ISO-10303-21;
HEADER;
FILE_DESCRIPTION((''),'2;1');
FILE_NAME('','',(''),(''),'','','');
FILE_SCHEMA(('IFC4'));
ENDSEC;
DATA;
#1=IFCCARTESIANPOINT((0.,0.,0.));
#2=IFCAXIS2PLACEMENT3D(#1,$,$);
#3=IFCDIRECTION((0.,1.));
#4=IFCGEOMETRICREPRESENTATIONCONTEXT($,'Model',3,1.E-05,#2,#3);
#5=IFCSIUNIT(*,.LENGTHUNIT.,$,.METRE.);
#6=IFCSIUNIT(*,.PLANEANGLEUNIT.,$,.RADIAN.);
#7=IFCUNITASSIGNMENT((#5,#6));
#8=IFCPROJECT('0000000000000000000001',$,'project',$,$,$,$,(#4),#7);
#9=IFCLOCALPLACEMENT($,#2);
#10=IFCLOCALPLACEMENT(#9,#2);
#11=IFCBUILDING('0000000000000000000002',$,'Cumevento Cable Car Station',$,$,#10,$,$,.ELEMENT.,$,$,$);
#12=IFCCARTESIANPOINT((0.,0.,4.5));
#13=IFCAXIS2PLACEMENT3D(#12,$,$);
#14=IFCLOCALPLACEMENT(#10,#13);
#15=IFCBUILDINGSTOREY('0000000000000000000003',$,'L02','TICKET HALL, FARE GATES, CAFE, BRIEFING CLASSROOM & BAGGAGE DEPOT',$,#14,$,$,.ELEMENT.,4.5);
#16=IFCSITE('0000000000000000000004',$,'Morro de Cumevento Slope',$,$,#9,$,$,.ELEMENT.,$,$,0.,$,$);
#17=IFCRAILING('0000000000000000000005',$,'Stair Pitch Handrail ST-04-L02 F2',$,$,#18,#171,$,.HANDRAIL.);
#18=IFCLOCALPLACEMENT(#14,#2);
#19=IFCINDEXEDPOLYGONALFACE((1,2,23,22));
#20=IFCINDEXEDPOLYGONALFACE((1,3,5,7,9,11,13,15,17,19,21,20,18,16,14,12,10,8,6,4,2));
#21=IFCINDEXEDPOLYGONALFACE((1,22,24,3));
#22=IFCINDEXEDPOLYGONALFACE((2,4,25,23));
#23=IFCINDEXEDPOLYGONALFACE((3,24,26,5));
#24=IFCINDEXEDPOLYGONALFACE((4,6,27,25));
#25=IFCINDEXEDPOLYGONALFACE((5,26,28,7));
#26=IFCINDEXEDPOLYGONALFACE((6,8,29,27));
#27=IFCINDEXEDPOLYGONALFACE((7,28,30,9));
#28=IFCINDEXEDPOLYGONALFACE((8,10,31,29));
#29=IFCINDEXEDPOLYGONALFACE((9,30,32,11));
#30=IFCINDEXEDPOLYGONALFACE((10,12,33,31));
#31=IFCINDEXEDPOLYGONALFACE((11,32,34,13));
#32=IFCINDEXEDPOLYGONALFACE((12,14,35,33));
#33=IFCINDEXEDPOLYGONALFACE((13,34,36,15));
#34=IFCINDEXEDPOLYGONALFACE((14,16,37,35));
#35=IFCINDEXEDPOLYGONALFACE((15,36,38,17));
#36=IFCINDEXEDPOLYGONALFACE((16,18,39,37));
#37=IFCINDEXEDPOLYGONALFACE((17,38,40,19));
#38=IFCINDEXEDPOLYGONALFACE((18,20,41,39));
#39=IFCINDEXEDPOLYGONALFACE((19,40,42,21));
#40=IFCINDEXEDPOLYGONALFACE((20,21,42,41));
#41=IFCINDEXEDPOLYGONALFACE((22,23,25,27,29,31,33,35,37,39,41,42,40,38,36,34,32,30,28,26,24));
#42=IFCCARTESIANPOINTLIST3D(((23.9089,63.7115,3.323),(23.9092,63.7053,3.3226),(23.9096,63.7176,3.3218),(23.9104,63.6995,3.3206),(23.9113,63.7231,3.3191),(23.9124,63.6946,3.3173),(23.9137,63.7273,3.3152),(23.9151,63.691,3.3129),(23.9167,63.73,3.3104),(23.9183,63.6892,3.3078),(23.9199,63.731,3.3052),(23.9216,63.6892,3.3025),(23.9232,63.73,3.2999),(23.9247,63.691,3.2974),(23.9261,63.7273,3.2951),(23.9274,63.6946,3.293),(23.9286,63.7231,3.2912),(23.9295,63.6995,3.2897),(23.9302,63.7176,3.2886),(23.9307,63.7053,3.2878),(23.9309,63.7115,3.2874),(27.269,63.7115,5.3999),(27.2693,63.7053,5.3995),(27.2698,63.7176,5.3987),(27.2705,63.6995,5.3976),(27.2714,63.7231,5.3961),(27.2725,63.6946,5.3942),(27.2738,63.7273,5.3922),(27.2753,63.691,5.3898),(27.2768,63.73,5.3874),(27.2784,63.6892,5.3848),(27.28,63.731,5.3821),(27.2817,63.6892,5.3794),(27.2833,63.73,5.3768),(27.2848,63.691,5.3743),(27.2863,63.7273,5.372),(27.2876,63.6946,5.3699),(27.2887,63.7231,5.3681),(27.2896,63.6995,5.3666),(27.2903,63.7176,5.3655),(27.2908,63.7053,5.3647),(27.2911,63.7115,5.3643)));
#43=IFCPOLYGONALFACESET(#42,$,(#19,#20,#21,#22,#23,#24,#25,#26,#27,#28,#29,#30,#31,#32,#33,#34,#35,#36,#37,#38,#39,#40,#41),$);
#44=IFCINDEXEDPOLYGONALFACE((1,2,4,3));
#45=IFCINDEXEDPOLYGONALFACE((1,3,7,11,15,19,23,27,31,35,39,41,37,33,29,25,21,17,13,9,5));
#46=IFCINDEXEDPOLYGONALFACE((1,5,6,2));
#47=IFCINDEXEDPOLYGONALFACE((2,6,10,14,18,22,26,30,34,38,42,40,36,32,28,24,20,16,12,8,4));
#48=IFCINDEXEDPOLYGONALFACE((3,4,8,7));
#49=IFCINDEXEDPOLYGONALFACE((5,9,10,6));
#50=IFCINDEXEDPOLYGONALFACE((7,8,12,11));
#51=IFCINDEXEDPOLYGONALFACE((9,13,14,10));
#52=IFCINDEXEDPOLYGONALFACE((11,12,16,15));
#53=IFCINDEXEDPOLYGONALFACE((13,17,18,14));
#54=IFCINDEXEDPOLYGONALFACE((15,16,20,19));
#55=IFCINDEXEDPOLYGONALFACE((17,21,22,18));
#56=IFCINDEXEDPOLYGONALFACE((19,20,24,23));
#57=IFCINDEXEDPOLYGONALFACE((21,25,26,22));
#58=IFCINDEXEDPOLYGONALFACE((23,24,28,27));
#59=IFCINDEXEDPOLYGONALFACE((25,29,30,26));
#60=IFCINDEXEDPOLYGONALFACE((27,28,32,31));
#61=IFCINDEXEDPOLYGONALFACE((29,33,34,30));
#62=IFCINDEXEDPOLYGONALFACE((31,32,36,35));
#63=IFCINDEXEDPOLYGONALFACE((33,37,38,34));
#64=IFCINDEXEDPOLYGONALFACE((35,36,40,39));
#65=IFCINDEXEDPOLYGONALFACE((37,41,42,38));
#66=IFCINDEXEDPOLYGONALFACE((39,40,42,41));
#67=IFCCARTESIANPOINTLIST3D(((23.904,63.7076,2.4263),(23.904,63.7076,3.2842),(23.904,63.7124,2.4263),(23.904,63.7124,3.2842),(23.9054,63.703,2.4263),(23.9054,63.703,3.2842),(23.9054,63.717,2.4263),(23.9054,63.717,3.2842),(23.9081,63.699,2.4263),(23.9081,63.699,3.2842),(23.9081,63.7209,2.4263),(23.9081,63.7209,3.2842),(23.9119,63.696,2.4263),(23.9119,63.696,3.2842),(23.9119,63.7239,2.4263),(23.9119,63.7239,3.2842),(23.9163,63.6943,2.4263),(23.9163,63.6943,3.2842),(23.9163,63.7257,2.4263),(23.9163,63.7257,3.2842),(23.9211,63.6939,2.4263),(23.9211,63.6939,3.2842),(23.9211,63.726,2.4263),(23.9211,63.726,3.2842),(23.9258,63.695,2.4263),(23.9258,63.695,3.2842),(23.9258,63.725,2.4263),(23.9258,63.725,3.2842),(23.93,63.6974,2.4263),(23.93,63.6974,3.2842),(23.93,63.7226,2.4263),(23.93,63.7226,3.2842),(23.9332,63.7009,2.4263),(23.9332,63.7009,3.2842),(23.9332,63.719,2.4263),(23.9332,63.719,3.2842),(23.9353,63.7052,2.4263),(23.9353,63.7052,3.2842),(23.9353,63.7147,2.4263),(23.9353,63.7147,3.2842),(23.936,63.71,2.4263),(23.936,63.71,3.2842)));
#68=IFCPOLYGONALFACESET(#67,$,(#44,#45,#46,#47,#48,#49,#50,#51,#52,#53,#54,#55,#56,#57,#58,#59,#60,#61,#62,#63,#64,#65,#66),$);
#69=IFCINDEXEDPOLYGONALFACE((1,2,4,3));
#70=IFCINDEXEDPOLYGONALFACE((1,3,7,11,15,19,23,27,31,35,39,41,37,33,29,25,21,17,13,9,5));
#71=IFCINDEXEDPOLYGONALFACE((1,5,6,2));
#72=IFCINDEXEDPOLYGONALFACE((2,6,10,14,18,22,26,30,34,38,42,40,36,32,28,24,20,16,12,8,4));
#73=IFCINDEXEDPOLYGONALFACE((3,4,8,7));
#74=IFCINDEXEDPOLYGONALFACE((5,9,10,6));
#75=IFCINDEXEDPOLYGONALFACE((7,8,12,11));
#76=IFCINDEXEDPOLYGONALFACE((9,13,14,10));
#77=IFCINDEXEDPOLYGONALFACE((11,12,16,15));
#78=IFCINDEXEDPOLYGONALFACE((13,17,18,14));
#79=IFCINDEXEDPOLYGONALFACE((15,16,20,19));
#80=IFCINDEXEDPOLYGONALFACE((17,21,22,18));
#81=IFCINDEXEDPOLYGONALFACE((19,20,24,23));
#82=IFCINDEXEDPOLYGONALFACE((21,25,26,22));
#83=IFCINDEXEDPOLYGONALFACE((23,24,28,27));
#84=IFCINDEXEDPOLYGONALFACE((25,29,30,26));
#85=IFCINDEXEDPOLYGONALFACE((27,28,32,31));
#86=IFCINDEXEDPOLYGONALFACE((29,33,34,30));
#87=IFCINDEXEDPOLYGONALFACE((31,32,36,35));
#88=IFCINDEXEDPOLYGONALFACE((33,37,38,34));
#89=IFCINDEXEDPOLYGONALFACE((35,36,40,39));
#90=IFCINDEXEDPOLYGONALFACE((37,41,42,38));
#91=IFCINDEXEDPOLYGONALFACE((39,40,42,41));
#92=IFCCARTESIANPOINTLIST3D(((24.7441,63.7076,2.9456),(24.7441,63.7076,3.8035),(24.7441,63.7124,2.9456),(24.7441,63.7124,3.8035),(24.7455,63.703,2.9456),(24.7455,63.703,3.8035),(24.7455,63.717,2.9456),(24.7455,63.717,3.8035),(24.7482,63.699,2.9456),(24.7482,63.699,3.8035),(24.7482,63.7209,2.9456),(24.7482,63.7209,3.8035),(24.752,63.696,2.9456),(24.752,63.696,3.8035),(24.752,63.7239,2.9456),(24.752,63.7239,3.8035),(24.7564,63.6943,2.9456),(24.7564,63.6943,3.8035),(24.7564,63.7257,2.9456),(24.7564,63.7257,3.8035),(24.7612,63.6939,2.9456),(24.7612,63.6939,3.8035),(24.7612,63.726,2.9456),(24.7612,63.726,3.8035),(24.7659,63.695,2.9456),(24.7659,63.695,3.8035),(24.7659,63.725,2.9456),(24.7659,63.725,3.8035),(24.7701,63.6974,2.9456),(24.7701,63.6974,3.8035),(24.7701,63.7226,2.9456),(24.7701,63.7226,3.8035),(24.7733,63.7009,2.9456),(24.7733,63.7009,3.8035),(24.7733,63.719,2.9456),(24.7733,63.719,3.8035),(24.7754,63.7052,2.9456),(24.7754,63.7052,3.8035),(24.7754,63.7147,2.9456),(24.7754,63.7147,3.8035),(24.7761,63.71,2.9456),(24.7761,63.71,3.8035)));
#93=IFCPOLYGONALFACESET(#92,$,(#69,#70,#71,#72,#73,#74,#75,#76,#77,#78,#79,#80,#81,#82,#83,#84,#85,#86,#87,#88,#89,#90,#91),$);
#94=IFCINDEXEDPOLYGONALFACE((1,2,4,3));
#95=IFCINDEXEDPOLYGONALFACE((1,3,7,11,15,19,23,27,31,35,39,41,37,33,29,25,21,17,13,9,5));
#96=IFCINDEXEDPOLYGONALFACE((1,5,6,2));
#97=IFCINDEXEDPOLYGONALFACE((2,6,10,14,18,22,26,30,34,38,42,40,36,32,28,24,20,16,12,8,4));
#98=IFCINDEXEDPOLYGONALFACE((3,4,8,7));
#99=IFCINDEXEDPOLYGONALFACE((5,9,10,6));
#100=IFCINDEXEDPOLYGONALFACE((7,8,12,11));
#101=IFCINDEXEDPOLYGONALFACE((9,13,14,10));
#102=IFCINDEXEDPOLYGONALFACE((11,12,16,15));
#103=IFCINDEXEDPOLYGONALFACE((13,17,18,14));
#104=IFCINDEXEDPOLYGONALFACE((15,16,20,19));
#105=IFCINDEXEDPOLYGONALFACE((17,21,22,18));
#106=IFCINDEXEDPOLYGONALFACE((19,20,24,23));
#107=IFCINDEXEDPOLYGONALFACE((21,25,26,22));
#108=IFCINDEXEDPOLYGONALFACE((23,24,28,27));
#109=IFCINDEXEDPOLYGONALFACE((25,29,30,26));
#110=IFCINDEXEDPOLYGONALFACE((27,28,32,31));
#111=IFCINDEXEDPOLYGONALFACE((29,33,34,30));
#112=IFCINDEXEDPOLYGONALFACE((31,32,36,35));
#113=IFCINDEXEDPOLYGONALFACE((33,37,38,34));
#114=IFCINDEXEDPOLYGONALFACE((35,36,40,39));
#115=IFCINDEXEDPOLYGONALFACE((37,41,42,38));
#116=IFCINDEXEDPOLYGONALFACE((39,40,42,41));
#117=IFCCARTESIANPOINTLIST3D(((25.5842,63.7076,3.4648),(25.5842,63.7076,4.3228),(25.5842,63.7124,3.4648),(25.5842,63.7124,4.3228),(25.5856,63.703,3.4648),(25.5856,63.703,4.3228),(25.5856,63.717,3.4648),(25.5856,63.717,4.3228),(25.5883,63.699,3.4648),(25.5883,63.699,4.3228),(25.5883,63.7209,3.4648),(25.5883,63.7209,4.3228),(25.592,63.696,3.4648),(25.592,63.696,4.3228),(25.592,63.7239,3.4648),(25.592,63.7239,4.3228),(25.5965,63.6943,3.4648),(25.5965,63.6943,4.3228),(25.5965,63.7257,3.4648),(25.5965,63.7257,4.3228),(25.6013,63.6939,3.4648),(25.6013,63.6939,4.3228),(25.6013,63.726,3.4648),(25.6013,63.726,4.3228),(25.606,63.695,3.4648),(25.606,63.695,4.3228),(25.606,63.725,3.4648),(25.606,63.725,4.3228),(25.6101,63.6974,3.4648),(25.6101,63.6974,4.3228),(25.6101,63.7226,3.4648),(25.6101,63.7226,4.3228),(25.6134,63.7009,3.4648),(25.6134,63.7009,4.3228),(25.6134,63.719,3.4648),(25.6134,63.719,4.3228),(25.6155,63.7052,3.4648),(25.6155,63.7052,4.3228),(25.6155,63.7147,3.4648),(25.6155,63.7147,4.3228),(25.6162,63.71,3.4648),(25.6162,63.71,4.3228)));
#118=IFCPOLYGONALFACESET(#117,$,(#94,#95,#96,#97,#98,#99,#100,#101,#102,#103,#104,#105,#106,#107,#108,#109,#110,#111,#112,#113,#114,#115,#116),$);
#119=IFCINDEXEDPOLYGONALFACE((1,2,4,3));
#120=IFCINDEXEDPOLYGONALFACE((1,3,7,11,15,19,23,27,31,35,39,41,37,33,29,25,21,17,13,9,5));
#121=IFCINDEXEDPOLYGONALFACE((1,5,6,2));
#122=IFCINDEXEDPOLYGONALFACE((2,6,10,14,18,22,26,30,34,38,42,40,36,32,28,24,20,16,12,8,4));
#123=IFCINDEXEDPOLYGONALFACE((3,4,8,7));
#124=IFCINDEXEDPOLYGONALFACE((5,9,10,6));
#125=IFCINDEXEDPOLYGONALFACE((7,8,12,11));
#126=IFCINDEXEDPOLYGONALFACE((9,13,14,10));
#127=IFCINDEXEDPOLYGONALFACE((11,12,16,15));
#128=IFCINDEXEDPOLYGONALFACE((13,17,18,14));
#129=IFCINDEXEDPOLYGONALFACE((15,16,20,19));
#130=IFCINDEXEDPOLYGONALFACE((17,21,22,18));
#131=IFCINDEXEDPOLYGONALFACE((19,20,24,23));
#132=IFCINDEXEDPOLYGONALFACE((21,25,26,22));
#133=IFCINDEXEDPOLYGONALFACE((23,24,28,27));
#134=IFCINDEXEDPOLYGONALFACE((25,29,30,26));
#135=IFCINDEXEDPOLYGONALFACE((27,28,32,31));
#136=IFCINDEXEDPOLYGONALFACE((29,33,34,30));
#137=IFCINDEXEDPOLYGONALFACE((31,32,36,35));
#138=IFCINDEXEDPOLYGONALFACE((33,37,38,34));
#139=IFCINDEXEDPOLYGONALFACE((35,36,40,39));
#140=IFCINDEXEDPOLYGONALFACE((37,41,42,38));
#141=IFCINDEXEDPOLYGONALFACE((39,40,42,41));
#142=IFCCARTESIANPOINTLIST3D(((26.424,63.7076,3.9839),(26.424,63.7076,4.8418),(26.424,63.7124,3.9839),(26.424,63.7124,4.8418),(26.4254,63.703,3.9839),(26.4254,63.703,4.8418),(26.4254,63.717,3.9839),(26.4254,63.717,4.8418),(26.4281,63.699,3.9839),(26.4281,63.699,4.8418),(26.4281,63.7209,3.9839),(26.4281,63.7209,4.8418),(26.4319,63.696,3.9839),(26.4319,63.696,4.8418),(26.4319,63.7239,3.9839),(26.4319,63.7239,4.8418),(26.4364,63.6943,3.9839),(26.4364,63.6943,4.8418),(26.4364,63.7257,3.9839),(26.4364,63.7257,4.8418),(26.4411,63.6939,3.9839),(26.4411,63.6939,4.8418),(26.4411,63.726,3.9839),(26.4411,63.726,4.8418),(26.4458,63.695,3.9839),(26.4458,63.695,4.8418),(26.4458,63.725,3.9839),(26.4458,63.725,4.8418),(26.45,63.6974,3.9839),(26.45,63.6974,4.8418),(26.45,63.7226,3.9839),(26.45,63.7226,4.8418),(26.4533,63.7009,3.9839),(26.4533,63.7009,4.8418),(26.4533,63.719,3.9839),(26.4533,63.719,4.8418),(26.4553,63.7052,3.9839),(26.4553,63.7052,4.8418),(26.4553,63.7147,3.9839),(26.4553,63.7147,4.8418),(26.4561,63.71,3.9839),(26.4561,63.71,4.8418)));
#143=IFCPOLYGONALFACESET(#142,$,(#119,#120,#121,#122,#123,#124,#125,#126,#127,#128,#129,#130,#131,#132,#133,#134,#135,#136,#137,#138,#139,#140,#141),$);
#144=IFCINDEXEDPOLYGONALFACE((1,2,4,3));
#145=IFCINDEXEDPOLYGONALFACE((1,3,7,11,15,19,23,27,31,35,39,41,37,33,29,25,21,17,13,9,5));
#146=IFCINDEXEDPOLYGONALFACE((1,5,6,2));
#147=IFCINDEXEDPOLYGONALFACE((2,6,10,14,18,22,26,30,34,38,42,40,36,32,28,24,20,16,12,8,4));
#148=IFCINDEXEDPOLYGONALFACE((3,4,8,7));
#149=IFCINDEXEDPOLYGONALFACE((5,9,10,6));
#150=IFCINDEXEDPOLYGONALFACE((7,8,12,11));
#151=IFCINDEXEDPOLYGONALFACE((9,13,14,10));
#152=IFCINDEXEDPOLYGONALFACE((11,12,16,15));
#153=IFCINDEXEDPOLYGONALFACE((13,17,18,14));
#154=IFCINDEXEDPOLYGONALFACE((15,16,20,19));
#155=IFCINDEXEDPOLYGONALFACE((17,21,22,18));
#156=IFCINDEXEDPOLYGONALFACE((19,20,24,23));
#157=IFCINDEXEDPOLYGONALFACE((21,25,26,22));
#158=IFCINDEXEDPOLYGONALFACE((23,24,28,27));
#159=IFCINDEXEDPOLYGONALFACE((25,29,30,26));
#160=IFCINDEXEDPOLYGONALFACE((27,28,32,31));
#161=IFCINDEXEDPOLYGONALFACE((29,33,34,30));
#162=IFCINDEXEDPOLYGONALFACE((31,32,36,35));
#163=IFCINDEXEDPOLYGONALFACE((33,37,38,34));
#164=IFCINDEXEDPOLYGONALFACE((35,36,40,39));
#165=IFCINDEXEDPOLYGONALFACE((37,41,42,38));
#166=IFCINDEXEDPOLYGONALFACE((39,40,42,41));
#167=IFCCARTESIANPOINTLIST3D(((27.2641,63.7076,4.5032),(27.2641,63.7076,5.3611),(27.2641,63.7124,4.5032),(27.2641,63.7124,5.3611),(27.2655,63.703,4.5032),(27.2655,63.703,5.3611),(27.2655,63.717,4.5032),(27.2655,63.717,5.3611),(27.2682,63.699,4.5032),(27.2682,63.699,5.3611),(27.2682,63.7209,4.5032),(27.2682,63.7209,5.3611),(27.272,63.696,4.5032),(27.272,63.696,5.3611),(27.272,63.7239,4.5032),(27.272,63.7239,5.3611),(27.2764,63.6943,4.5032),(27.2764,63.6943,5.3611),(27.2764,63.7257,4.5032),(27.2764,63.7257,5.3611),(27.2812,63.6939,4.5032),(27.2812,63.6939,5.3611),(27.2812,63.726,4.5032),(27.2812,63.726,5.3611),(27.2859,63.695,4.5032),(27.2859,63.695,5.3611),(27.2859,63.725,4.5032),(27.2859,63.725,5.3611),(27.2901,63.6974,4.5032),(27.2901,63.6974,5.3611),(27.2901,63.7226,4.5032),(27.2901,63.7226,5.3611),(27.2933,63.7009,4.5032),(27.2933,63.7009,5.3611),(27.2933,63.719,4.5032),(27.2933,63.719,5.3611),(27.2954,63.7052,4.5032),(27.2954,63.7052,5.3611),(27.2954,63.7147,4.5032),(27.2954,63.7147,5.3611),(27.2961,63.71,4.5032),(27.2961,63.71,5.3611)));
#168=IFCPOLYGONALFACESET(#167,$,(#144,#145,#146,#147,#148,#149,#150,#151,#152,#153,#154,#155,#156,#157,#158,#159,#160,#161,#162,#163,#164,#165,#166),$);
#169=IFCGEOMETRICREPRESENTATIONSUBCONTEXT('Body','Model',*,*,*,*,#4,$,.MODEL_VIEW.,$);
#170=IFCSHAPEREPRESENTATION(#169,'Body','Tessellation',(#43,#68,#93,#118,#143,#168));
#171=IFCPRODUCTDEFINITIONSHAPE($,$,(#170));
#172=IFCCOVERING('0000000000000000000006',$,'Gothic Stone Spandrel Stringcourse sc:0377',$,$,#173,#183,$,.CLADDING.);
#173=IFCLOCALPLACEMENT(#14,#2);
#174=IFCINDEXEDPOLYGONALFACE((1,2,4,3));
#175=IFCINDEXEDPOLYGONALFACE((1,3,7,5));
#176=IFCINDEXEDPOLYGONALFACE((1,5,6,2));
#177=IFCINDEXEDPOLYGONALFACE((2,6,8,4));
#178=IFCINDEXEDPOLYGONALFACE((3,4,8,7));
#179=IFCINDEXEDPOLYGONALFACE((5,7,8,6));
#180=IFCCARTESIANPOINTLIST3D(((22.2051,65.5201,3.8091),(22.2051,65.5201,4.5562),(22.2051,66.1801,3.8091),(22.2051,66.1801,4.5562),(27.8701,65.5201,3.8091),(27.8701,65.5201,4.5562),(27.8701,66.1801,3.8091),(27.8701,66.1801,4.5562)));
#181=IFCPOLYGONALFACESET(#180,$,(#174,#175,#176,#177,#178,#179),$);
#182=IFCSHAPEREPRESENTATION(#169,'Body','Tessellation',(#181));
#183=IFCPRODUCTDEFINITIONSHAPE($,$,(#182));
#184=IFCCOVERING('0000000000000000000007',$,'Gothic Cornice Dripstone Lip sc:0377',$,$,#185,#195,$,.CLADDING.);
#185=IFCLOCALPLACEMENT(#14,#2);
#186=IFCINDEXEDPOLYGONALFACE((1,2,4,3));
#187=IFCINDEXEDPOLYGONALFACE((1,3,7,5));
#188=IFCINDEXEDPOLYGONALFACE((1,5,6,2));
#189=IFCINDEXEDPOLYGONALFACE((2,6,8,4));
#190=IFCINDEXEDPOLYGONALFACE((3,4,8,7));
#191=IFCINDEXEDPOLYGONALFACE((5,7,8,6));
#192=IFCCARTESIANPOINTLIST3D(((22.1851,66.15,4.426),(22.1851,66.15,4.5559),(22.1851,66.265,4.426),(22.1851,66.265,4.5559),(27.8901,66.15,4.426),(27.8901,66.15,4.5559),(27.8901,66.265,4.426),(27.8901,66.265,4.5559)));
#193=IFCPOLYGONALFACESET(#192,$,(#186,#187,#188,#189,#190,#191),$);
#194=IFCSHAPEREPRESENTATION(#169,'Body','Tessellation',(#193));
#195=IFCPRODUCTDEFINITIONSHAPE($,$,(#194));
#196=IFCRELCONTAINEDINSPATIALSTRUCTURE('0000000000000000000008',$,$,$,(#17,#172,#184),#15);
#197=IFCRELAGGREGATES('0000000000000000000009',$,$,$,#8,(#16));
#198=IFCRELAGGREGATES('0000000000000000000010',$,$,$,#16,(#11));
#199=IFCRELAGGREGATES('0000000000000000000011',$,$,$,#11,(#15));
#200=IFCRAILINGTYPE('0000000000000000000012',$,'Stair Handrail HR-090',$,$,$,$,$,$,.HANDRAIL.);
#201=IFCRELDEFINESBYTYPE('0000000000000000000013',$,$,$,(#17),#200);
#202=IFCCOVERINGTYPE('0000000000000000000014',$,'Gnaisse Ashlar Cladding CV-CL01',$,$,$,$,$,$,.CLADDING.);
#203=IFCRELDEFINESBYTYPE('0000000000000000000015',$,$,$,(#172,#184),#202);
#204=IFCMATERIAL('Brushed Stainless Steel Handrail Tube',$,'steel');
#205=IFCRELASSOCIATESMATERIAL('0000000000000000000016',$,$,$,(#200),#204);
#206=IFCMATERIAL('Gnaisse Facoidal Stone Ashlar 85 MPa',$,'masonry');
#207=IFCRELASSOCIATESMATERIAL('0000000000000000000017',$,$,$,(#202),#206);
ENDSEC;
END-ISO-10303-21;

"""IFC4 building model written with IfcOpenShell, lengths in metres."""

from ifc_helpers import new_model, si_unit, direction, frame, origin, origin_2d, place, context, subcontext, project, spatial, rectangle, circle, extrude, material, type_object, element, save


model = new_model("IFC4")

# Units and contexts
model_context = context("Model", 3, precision=1e-05, world=origin(), true_north=direction((0.0, 1.0)))
body_context = subcontext(model_context, "Body", "Model", "MODEL_VIEW")
ifc_project = project(units=[si_unit("LENGTHUNIT", "METRE"), si_unit("PLANEANGLEUNIT", "RADIAN")], contexts=[model_context])

# Site, building, storey
site_placement = place(None, origin())
site = spatial("IfcSite", under=ifc_project, at=site_placement, Name="Morro de Cumevento Slope", CompositionType="ELEMENT", RefElevation=0.0)
building_placement = place(site_placement, origin())
building = spatial("IfcBuilding", under=site, at=building_placement, Name="Cumevento Cable Car Station", CompositionType="ELEMENT")
storey_placement = place(building_placement, frame((0.0, 0.0, 4.5)))
storey = spatial("IfcBuildingStorey", under=building, at=storey_placement, Name="L02", Description="TICKET HALL, FARE GATES, CAFE, BRIEFING CLASSROOM & BAGGAGE DEPOT", CompositionType="ELEMENT", Elevation=4.5)

# Railing
ifc_material_1 = material(Name="Brushed Stainless Steel Handrail Tube", Category="steel")
railing_type_1 = type_object("IfcRailingType", Name="Stair Handrail HR-090", PredefinedType="HANDRAIL", material=ifc_material_1)
railing_1_placement = place(storey_placement, frame((23.9199, 63.71, 2.4263)))
element("IfcRailing", 1, at=railing_1_placement, inside=storey, type_object=railing_type_1, Name="Stair Pitch Handrail ST-04-L02 F2", PredefinedType="HANDRAIL", context=body_context, shape_type="SweptSolid", body=[
    extrude(circle(Radius=0.021, at=origin_2d()), frame((0.0, 0.0, 0.8789), z_axis=(0.850623, 0.0, 0.525776), x_axis=(0.0, 1.0, 0.0)), (0.0, 0.0, 1.0), 3.9502),
    extrude(circle(Radius=0.0161, at=origin_2d()), origin(), (0.0, 0.0, 1.0), 0.8579),
    extrude(circle(Radius=0.0161, at=origin_2d()), frame((0.8401, 0.0, 0.5193)), (0.0, 0.0, 1.0), 0.8579),
    extrude(circle(Radius=0.0161, at=origin_2d()), frame((1.6802, 0.0, 1.0386)), (0.0, 0.0, 1.0), 0.8579),
    extrude(circle(Radius=0.0161, at=origin_2d()), frame((2.52, 0.0, 1.5576)), (0.0, 0.0, 1.0), 0.8579),
    extrude(circle(Radius=0.0161, at=origin_2d()), frame((3.3601, 0.0, 2.0769)), (0.0, 0.0, 1.0), 0.8579),
])

# Coverings
ifc_material_2 = material(Name="Gnaisse Facoidal Stone Ashlar 85 MPa", Category="masonry")
covering_type = type_object("IfcCoveringType", Name="Gnaisse Ashlar Cladding CV-CL01", PredefinedType="CLADDING", material=ifc_material_2)
covering_1_placement = place(storey_placement, frame((25.0376, 65.8501, 3.8091), z_axis=(0.0, 0.0, 1.0), x_axis=(1.0, 0.0, 0.0)))
element("IfcCovering", 2, at=covering_1_placement, inside=storey, type_object=covering_type, Name="Gothic Stone Spandrel Stringcourse sc:0377", PredefinedType="CLADDING", context=body_context, shape_type="SweptSolid", body=[
    extrude(rectangle(XDim=5.665, YDim=0.6599, at=origin_2d()), origin(), (0.0, 0.0, 1.0), 0.7471),
])
covering_2_placement = place(storey_placement, frame((25.0376, 66.2075, 4.426), z_axis=(0.0, 0.0, 1.0), x_axis=(1.0, 0.0, 0.0)))
element("IfcCovering", 3, at=covering_2_placement, inside=storey, type_object=covering_type, Name="Gothic Cornice Dripstone Lip sc:0377", PredefinedType="CLADDING", context=body_context, shape_type="SweptSolid", body=[
    extrude(rectangle(XDim=5.7051, YDim=0.115, at=origin_2d()), origin(), (0.0, 0.0, 1.0), 0.1299),
])

save(model, "model.ifc")
